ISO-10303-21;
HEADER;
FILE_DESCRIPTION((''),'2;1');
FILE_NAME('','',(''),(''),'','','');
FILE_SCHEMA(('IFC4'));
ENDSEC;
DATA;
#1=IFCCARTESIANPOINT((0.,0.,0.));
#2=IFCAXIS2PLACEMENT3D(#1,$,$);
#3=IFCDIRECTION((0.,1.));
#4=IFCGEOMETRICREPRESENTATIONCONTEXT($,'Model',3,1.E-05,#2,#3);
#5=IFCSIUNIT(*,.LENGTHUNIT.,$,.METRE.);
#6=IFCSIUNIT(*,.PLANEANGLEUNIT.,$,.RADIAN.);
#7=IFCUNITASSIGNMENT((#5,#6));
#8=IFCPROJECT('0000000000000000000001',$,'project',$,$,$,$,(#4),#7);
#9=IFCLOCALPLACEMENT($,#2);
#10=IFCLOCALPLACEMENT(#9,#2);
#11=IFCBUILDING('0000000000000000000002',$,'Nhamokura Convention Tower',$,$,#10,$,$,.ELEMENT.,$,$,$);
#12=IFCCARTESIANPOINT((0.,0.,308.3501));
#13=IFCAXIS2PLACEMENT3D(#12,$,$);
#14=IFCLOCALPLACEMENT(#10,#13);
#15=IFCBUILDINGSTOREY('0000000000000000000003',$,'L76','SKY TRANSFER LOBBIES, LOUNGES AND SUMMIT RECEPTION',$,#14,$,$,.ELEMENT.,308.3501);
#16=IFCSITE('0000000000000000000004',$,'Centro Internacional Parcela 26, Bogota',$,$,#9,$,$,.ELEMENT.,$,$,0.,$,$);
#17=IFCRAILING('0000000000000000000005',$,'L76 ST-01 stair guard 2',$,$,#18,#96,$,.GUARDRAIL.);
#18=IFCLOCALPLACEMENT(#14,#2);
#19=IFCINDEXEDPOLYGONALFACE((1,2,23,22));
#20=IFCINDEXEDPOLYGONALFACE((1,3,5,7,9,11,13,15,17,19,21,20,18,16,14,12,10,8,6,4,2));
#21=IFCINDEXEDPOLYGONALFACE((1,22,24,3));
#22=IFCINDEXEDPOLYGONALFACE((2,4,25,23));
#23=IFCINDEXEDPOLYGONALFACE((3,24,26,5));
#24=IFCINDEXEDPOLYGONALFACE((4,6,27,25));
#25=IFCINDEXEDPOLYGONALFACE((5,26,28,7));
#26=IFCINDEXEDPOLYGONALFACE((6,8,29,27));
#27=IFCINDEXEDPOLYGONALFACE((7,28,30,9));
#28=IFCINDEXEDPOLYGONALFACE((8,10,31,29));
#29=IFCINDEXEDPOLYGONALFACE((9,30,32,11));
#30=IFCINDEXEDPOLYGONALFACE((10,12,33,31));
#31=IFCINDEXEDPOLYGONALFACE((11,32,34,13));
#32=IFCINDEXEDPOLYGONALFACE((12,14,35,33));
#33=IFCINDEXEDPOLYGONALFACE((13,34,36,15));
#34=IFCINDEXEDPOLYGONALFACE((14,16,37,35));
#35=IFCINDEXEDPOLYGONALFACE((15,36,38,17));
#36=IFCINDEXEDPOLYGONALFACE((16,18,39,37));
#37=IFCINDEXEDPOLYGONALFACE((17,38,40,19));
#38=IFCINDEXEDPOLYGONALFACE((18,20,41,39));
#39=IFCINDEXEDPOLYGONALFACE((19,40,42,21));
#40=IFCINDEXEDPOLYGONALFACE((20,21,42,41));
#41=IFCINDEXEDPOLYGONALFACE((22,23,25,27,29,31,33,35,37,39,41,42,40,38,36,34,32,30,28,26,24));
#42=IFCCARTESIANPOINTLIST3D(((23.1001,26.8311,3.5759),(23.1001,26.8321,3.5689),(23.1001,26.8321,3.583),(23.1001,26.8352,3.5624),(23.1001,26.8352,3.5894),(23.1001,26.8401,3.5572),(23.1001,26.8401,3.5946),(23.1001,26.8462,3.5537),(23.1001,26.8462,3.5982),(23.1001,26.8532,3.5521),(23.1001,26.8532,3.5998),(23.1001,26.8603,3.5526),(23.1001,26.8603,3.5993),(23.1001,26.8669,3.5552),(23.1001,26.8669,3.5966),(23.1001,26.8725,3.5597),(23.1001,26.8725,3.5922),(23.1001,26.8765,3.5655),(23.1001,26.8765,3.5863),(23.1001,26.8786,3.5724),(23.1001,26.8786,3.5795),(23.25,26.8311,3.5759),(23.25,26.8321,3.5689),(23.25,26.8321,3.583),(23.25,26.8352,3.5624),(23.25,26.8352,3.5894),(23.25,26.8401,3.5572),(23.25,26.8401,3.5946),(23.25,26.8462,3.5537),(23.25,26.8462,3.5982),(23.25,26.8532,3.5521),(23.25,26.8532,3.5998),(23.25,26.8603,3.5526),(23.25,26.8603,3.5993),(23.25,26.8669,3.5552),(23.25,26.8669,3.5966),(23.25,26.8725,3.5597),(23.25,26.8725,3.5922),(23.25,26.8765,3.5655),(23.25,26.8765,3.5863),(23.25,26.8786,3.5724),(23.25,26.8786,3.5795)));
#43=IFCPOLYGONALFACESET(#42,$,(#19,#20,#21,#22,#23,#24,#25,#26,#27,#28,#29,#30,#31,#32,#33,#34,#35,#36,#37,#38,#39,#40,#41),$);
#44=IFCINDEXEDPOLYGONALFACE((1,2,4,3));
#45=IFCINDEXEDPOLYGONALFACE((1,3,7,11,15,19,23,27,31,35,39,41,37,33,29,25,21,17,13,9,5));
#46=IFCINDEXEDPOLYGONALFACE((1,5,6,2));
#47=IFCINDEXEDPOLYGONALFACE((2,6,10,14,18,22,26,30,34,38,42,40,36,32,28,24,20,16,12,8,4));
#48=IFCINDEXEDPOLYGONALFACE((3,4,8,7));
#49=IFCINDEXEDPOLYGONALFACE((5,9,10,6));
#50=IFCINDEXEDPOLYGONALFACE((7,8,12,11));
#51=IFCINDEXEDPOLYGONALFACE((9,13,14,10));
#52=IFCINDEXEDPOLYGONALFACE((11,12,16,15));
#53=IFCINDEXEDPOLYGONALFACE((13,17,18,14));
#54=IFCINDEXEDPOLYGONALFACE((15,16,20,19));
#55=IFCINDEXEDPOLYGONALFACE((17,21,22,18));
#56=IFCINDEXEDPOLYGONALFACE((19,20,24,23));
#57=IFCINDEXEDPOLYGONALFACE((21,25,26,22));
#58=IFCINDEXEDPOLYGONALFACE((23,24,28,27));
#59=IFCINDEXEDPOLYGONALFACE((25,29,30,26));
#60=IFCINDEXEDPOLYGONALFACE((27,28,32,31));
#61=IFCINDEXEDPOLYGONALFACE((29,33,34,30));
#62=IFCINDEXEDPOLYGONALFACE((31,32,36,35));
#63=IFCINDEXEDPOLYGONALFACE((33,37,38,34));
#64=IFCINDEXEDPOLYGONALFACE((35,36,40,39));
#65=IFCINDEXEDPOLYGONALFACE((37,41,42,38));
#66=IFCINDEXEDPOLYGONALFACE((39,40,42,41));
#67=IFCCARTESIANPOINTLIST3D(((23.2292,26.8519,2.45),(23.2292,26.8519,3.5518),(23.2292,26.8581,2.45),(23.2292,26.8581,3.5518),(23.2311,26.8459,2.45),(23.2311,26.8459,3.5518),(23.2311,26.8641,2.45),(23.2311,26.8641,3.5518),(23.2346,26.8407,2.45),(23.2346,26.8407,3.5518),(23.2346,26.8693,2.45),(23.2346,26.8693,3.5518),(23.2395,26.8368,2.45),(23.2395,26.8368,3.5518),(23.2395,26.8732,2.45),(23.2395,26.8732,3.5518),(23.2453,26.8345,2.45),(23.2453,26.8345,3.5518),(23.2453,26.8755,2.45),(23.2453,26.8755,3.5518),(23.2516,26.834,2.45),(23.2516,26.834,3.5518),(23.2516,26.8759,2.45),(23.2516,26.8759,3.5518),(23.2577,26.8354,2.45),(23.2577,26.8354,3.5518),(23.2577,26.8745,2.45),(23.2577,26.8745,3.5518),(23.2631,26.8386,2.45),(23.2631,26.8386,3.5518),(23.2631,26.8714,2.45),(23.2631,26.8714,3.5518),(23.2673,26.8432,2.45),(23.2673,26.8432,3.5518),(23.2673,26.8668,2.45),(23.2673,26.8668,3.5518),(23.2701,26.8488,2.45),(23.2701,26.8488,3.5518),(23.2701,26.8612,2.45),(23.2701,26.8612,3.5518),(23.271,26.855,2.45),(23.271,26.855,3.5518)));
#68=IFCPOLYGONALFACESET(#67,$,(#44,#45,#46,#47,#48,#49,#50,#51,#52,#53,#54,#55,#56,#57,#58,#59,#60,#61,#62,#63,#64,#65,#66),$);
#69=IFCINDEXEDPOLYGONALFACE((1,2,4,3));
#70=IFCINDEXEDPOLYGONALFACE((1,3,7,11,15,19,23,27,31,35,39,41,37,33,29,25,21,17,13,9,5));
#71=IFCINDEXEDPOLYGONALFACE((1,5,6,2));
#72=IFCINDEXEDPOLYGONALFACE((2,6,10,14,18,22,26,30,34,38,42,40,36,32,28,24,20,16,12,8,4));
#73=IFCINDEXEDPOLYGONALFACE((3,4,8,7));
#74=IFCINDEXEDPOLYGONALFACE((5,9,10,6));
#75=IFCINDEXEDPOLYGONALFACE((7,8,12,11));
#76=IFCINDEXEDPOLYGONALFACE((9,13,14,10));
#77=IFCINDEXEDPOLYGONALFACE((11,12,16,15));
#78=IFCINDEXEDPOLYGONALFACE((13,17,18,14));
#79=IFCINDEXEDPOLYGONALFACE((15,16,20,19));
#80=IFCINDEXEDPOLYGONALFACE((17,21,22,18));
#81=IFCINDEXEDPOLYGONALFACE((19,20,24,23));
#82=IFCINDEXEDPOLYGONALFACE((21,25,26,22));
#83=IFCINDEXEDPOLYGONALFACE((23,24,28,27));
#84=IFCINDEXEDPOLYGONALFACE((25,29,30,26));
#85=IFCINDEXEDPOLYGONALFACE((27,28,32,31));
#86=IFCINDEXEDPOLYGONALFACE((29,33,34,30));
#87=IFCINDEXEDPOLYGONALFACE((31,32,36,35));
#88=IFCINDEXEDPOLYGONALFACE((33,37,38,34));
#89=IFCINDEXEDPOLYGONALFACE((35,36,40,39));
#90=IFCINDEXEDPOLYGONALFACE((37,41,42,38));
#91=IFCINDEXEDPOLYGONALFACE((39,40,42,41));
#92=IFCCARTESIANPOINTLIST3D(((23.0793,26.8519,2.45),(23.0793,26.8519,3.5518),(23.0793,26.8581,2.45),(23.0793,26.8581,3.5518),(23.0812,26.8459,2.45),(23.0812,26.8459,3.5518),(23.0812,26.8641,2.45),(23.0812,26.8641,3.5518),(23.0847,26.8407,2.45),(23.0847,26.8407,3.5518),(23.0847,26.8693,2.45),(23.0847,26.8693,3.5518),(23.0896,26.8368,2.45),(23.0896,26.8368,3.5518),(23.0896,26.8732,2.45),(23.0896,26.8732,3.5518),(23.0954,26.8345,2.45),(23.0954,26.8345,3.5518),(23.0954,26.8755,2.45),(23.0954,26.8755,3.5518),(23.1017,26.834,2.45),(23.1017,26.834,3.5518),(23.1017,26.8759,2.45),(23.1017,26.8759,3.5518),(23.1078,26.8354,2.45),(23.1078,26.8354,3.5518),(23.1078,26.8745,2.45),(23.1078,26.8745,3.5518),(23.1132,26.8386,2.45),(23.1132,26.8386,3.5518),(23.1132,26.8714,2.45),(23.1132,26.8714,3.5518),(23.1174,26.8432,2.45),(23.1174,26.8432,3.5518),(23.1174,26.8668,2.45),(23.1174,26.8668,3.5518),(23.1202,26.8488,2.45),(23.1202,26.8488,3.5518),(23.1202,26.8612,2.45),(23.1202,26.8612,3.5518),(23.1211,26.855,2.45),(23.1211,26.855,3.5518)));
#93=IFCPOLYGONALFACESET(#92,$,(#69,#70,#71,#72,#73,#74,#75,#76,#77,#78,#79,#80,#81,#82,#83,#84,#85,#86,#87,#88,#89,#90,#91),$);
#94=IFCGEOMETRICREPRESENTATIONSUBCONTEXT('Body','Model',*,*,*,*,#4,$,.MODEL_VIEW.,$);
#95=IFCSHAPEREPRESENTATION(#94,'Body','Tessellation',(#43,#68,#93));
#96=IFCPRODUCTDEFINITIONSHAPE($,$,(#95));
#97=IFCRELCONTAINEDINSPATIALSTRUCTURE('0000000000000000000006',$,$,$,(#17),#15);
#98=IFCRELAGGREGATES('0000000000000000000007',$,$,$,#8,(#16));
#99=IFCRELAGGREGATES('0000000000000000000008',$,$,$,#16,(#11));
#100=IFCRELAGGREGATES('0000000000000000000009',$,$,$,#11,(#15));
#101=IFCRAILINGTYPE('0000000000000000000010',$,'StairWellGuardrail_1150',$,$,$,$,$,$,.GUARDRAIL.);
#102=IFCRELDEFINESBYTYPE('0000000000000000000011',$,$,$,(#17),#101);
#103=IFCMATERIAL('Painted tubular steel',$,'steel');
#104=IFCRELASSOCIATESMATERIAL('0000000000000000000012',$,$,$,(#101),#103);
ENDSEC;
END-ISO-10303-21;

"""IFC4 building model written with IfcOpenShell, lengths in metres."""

from ifc_helpers import new_model, si_unit, direction, frame, origin, origin_2d, place, context, subcontext, project, spatial, circle, extrude, material, type_object, element, save


model = new_model("IFC4")

# Units and contexts
model_context = context("Model", 3, precision=1e-05, world=origin(), true_north=direction((0.0, 1.0)))
body_context = subcontext(model_context, "Body", "Model", "MODEL_VIEW")
ifc_project = project(units=[si_unit("LENGTHUNIT", "METRE"), si_unit("PLANEANGLEUNIT", "RADIAN")], contexts=[model_context])

# Site, building, storey
site_placement = place(None, origin())
site = spatial("IfcSite", under=ifc_project, at=site_placement, Name="Centro Internacional Parcela 26, Bogota", CompositionType="ELEMENT", RefElevation=0.0)
building_placement = place(site_placement, origin())
building = spatial("IfcBuilding", under=site, at=building_placement, Name="Nhamokura Convention Tower", CompositionType="ELEMENT")
storey_placement = place(building_placement, frame((0.0, 0.0, 308.3501)))
storey = spatial("IfcBuildingStorey", under=building, at=storey_placement, Name="L76", Description="SKY TRANSFER LOBBIES, LOUNGES AND SUMMIT RECEPTION", CompositionType="ELEMENT", Elevation=308.3501)

# Railing
ifc_material_1 = material(Name="Painted tubular steel", Category="steel")
railing_type_1 = type_object("IfcRailingType", Name="StairWellGuardrail_1150", PredefinedType="GUARDRAIL", material=ifc_material_1)
railing_1_placement = place(storey_placement, frame((23.25, 26.855, 2.45)))
element("IfcRailing", 1, at=railing_1_placement, inside=storey, type_object=railing_type_1, Name="L76 ST-01 stair guard 2", PredefinedType="GUARDRAIL", context=body_context, shape_type="SweptSolid", body=[
    extrude(circle(Radius=0.0239, at=origin_2d()), frame((0.0, 0.0, 1.126), z_axis=(-1.0, 0.0, 0.0), x_axis=(0.0, -1.0, 0.0)), (0.0, 0.0, 1.0), 0.1499),
    extrude(circle(Radius=0.021, at=origin_2d()), origin(), (0.0, 0.0, 1.0), 1.1018),
    extrude(circle(Radius=0.021, at=origin_2d()), frame((-0.1499, 0.0, 0.0)), (0.0, 0.0, 1.0), 1.1018),
])

save(model, "model.ifc")
